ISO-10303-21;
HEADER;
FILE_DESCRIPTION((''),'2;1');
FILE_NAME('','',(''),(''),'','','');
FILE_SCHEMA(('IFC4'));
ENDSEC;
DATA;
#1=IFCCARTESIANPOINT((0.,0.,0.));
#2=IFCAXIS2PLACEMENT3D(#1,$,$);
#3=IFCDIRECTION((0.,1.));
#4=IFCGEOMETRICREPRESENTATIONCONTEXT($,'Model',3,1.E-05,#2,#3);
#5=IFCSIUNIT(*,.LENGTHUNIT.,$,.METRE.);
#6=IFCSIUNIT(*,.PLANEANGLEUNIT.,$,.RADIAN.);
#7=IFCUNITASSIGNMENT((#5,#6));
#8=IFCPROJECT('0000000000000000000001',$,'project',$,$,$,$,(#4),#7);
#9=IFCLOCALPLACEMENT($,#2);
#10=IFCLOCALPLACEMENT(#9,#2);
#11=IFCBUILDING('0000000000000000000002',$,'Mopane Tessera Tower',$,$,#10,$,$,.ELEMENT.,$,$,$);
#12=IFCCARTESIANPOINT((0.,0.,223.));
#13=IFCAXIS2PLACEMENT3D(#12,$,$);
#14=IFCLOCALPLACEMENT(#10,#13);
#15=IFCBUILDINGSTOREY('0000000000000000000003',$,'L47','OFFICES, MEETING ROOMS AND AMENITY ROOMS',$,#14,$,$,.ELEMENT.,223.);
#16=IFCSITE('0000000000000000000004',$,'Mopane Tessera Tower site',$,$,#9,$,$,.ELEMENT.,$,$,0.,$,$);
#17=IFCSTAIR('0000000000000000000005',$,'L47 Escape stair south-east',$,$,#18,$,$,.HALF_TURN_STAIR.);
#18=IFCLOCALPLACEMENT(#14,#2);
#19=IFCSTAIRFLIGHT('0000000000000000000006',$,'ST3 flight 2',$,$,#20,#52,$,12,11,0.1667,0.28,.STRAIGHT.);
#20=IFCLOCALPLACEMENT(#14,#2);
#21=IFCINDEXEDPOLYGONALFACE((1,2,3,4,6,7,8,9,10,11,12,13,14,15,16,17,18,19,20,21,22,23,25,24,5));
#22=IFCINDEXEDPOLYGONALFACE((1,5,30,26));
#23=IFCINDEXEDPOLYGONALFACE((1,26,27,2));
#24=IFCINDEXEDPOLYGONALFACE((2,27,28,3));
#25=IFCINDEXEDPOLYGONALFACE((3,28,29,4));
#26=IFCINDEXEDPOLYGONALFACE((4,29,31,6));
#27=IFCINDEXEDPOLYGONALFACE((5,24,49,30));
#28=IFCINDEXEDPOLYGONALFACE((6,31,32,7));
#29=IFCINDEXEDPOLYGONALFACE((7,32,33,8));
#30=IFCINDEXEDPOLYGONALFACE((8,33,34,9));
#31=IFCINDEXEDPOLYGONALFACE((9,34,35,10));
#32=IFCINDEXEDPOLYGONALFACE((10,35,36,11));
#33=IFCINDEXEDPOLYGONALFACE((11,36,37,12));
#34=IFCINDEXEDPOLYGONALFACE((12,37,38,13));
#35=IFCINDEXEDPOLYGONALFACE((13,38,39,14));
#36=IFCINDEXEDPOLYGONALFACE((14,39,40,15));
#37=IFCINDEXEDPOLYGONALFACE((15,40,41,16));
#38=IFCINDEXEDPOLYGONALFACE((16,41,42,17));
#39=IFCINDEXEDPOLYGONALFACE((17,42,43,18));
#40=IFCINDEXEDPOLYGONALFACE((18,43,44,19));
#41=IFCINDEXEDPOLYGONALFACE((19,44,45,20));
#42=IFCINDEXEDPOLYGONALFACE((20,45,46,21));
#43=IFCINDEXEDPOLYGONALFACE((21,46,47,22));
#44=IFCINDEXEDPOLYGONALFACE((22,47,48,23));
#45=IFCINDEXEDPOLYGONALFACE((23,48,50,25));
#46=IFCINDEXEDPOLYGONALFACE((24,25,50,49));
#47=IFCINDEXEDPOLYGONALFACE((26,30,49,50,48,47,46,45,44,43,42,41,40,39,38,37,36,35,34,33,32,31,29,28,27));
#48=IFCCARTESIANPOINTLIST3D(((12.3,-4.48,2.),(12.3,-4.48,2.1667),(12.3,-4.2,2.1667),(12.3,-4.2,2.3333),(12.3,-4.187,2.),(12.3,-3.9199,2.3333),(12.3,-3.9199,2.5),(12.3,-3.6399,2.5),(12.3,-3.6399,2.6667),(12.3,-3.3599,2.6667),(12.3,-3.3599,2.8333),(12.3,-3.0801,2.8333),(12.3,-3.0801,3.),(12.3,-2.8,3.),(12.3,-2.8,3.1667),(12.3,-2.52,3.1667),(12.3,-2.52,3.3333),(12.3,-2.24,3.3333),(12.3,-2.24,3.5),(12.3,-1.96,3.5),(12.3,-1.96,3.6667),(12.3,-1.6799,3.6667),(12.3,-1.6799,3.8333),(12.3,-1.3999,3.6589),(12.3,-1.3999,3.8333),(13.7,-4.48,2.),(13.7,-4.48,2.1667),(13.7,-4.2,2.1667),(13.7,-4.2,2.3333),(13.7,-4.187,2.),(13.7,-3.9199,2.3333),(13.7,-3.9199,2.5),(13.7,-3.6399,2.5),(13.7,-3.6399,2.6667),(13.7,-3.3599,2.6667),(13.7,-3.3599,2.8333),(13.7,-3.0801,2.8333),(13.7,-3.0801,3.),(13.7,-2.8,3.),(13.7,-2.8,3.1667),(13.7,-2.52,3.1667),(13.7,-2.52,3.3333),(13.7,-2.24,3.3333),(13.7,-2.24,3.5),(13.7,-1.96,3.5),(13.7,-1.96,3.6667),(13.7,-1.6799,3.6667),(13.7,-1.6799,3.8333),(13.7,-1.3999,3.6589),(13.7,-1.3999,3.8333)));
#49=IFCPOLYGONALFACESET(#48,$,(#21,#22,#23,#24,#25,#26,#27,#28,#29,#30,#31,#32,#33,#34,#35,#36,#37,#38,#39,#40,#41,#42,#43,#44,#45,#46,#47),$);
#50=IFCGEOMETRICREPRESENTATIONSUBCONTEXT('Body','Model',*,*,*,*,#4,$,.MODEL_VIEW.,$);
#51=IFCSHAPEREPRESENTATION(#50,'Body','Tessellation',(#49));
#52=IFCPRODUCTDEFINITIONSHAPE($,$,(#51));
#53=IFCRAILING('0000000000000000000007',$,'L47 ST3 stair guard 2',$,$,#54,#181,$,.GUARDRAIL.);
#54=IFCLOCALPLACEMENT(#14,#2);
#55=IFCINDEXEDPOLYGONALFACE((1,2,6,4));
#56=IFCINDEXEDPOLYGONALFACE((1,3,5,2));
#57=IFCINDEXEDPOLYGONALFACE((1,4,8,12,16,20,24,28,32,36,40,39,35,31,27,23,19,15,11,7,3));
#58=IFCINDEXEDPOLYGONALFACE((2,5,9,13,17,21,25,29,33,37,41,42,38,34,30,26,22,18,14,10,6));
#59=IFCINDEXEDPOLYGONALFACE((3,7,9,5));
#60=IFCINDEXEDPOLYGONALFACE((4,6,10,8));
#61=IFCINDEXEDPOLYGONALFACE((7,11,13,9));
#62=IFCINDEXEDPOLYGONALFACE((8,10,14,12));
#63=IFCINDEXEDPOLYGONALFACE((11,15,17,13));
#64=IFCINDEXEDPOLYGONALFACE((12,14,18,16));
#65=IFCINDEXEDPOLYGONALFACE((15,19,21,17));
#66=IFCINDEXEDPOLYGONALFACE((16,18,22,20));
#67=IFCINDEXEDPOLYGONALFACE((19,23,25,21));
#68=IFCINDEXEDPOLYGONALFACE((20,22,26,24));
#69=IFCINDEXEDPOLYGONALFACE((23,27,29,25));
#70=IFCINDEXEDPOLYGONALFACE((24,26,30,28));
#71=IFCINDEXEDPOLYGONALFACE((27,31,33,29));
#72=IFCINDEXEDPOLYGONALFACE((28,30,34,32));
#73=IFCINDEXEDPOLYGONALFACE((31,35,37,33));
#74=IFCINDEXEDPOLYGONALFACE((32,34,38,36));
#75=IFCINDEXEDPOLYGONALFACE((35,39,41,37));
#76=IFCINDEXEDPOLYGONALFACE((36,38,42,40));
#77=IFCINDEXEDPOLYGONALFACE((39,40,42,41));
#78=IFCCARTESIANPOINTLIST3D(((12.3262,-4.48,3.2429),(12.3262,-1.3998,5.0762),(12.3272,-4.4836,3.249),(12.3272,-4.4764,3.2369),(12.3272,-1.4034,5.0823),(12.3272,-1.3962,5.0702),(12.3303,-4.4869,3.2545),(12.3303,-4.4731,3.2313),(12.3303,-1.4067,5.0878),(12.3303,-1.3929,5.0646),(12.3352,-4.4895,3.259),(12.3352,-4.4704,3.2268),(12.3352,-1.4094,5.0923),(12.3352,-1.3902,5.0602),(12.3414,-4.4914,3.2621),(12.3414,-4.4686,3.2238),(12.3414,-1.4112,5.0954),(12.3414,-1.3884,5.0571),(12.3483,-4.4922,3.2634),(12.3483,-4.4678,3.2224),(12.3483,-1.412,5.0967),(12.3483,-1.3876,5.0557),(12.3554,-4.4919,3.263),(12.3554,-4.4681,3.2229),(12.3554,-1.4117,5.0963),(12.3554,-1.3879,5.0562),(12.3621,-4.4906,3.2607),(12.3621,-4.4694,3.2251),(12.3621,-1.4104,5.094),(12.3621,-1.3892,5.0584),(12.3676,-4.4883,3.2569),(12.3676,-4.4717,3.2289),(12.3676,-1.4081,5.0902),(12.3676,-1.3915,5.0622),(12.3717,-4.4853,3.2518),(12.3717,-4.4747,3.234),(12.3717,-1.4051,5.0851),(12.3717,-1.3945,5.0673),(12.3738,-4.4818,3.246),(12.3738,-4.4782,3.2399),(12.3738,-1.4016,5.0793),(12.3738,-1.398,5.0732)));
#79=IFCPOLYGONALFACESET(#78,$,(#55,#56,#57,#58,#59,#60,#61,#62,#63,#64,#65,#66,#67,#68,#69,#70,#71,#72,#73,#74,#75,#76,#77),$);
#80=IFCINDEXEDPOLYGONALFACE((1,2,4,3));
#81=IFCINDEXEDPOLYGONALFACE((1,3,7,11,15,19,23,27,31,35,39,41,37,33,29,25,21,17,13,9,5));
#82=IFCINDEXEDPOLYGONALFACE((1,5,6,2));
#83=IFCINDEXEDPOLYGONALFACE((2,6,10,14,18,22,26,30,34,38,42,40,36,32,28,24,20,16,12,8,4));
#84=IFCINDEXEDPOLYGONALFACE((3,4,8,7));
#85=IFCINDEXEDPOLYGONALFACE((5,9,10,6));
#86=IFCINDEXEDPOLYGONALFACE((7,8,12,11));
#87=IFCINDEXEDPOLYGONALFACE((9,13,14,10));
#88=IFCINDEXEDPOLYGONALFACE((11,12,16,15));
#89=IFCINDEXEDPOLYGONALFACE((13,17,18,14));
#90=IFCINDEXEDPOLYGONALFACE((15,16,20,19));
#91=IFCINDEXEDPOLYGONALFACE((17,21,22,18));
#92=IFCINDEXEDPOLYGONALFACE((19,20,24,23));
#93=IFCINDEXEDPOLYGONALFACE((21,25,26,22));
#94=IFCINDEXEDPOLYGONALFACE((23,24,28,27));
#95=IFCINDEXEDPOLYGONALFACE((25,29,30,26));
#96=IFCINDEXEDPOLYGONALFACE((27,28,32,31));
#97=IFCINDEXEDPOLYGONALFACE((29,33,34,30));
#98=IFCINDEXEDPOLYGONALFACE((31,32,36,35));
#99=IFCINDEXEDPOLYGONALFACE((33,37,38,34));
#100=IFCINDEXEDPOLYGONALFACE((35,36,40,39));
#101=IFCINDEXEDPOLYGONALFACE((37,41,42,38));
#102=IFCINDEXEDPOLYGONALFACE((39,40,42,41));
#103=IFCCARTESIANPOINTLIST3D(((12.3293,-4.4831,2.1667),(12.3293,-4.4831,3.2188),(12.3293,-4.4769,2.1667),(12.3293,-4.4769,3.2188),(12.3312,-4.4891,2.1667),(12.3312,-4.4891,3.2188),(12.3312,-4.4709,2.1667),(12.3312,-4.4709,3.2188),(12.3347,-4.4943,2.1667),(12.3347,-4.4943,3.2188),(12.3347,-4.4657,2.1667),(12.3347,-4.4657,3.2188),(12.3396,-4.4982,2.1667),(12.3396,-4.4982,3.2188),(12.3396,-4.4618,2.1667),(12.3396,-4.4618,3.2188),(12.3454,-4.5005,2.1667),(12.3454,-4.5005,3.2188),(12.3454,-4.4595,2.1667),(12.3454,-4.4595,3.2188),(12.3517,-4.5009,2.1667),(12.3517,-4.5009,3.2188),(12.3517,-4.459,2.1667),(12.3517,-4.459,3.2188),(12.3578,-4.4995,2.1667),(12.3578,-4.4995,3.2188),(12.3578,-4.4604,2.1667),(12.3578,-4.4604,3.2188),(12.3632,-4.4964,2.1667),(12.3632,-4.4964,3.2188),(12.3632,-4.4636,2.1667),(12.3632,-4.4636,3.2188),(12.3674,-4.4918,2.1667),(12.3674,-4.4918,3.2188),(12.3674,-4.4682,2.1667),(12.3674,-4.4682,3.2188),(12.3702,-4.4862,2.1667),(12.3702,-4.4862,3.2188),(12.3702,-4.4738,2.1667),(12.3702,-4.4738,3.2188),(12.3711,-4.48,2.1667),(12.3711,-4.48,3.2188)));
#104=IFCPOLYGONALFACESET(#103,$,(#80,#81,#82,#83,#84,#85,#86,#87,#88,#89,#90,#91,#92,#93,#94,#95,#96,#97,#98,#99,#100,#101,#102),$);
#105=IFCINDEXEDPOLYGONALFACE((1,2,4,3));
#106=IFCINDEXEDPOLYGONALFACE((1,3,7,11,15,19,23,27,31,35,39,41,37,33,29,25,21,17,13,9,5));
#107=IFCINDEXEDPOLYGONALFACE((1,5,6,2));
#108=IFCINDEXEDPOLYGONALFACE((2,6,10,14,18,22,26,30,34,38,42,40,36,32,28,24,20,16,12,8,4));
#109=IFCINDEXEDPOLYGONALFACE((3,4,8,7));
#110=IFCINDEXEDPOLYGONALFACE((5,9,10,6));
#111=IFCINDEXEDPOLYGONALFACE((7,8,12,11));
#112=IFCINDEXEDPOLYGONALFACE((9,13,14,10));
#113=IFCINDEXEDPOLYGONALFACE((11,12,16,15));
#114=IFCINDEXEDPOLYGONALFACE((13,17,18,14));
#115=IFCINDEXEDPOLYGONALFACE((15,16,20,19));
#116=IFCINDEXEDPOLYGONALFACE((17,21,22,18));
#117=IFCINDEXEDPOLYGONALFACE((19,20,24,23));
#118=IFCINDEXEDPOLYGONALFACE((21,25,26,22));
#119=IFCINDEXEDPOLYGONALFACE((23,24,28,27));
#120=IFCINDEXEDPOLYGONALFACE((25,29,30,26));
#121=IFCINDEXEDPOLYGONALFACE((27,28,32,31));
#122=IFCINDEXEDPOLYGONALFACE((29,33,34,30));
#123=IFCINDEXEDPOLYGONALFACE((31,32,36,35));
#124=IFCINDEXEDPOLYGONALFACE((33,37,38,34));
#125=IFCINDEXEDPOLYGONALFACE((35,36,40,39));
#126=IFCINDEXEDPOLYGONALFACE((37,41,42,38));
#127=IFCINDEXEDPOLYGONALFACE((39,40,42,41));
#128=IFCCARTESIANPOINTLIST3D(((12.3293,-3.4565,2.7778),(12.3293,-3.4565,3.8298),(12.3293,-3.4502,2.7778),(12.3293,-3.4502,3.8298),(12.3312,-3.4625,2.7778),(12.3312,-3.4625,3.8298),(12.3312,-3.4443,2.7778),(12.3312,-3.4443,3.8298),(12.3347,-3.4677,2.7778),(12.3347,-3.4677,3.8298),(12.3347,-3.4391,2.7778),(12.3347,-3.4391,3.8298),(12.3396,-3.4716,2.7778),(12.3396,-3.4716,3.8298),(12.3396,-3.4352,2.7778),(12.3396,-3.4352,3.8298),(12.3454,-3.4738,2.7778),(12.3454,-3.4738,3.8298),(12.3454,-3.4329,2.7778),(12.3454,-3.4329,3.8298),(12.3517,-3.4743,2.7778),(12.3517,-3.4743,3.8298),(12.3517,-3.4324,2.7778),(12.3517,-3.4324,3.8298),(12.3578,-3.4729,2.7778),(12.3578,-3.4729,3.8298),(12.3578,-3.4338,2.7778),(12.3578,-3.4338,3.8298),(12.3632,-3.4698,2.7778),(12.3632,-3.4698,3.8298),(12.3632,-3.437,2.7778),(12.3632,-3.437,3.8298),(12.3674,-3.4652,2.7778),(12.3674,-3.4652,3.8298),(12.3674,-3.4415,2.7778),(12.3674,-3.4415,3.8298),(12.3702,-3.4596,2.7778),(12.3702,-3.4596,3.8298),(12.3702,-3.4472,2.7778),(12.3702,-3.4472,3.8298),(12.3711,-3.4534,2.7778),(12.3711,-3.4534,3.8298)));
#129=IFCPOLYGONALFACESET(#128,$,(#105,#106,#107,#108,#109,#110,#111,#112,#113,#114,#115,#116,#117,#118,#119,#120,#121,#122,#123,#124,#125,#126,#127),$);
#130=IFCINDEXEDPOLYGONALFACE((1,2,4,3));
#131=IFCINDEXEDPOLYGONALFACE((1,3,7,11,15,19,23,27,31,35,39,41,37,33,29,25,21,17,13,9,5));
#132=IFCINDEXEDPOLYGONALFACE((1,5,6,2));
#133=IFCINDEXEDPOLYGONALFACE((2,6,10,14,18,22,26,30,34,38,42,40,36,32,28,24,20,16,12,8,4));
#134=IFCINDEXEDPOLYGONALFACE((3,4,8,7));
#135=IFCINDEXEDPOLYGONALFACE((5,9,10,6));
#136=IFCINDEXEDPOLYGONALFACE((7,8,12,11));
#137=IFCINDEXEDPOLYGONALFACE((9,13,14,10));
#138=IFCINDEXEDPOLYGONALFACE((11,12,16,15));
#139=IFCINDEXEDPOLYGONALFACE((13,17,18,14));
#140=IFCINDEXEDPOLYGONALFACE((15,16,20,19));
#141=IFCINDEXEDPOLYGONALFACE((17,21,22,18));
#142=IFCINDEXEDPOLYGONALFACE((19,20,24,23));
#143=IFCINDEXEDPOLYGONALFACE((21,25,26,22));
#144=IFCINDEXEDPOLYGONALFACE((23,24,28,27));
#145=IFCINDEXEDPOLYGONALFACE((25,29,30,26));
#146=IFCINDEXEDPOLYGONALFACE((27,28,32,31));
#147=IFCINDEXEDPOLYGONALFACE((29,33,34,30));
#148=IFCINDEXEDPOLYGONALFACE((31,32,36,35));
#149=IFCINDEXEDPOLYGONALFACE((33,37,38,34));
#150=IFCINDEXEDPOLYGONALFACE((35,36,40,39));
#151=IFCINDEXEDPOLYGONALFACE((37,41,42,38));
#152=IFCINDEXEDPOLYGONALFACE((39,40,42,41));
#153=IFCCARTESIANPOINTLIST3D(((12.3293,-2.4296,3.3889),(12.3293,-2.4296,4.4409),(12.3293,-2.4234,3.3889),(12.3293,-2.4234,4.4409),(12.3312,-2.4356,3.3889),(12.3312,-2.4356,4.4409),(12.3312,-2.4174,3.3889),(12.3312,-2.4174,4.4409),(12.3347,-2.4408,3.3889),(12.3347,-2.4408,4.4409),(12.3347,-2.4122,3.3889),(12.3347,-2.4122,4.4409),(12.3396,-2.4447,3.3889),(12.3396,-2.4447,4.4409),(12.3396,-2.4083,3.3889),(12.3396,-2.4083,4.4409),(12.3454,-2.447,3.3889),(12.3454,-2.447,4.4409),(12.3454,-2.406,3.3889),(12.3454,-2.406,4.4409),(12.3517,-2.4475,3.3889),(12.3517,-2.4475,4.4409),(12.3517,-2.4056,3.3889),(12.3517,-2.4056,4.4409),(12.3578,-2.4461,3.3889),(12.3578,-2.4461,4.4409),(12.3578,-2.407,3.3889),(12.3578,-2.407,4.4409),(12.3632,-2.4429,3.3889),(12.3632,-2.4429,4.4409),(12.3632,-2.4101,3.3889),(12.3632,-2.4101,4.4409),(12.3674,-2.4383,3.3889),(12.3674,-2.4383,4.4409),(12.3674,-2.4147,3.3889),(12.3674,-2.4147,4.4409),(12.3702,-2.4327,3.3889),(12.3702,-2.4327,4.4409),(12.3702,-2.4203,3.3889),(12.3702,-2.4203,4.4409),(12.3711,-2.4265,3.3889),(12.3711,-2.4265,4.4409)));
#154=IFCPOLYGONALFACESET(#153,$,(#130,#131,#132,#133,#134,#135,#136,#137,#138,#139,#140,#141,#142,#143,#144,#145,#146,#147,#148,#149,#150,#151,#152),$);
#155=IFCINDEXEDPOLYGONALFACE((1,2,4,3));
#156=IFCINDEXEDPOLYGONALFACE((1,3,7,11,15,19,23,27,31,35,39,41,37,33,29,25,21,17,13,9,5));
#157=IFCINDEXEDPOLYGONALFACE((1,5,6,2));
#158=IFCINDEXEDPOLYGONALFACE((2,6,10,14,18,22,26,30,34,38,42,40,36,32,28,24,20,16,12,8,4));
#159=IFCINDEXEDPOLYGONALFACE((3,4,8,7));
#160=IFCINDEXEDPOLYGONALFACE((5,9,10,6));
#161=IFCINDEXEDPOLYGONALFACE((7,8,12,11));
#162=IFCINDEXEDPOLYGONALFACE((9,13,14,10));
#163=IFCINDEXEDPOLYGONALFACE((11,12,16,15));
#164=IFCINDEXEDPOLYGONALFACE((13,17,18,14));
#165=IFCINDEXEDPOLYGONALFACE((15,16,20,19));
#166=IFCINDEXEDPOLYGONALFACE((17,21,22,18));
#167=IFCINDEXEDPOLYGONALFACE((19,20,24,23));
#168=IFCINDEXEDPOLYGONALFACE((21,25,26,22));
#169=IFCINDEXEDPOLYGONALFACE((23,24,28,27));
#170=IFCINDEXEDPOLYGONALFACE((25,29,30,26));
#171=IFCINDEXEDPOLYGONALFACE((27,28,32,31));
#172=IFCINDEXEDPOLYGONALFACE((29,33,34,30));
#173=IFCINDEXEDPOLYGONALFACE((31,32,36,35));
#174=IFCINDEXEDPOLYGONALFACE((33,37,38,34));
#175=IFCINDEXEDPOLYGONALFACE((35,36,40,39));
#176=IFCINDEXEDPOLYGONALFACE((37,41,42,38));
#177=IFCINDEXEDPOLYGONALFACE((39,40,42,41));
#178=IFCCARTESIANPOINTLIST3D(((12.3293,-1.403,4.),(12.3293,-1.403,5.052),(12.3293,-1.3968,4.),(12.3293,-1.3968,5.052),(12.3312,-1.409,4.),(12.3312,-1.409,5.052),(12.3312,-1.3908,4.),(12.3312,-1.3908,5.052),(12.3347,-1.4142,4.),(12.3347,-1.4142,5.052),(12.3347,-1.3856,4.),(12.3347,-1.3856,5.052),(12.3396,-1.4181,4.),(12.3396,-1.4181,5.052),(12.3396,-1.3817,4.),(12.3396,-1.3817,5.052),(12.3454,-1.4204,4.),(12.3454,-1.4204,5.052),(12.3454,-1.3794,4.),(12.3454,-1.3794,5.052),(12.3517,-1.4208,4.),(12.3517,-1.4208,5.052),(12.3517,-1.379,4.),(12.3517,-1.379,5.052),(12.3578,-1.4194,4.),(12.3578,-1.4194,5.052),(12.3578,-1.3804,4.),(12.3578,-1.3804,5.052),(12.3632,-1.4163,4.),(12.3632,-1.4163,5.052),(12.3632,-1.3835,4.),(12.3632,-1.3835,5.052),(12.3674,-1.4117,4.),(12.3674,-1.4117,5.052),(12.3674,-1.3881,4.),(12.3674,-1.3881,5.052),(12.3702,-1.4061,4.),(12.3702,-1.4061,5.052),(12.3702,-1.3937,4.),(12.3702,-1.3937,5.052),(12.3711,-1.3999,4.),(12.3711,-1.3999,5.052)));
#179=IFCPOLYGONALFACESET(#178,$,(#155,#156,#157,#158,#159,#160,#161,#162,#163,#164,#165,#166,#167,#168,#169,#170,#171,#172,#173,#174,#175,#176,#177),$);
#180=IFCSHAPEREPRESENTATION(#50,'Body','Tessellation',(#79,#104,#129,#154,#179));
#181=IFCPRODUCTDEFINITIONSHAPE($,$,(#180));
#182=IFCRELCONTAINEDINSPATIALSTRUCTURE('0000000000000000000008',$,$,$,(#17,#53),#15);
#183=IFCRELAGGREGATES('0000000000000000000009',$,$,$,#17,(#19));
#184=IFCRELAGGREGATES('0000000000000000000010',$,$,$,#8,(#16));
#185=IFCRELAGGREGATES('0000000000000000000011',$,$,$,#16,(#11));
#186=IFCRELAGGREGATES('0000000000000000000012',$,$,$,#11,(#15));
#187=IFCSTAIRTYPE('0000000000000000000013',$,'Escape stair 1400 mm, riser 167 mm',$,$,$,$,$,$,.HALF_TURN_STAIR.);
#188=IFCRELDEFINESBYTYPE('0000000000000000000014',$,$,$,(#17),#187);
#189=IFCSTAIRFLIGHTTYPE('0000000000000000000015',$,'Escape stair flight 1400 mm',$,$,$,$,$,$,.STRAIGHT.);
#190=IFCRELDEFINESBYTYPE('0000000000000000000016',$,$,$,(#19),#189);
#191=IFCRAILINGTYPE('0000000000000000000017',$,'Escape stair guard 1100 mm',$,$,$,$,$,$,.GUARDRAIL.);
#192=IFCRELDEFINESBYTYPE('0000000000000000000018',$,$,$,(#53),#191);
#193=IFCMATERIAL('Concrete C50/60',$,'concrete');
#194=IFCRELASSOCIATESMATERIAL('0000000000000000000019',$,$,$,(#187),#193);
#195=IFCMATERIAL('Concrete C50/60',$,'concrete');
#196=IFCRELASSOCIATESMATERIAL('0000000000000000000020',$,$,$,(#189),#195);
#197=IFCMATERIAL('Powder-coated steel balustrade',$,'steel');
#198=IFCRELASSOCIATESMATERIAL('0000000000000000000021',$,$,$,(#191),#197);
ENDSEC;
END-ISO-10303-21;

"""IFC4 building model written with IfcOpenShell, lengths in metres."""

from ifc_helpers import new_model, si_unit, direction, frame, origin, origin_2d, place, context, subcontext, project, spatial, polyline, circle, outline, extrude, material, type_object, element, aggregate, save


model = new_model("IFC4")

# Units and contexts
model_context = context("Model", 3, precision=1e-05, world=origin(), true_north=direction((0.0, 1.0)))
body_context = subcontext(model_context, "Body", "Model", "MODEL_VIEW")
ifc_project = project(units=[si_unit("LENGTHUNIT", "METRE"), si_unit("PLANEANGLEUNIT", "RADIAN")], contexts=[model_context])

# Site, building, storey
site_placement = place(None, origin())
site = spatial("IfcSite", under=ifc_project, at=site_placement, Name="Mopane Tessera Tower site", CompositionType="ELEMENT", RefElevation=0.0)
building_placement = place(site_placement, origin())
building = spatial("IfcBuilding", under=site, at=building_placement, Name="Mopane Tessera Tower", CompositionType="ELEMENT")
storey_placement = place(building_placement, frame((0.0, 0.0, 223.0)))
storey = spatial("IfcBuildingStorey", under=building, at=storey_placement, Name="L47", Description="OFFICES, MEETING ROOMS AND AMENITY ROOMS", CompositionType="ELEMENT", Elevation=223.0)

# Stair, stair flight
ifc_material_1 = material(Name="Concrete C50/60", Category="concrete")
stair_type = type_object("IfcStairType", Name="Escape stair 1400 mm, riser 167 mm", PredefinedType="HALF_TURN_STAIR", material=ifc_material_1)
stair_placement = place(storey_placement, origin())
stair = element("IfcStair", 1, at=stair_placement, inside=storey, type_object=stair_type, Name="L47 Escape stair south-east", PredefinedType="HALF_TURN_STAIR")
ifc_material_2 = material(Name="Concrete C50/60", Category="concrete")
stair_flight_type = type_object("IfcStairFlightType", Name="Escape stair flight 1400 mm", PredefinedType="STRAIGHT", material=ifc_material_2)
stair_flight_1_placement = place(storey_placement, frame((13.0, -4.48, 2.0), z_axis=(0.0, 0.0, 1.0), x_axis=(0.0, 1.0, 0.0)))
stair_flight_1 = element("IfcStairFlight", 2, at=stair_flight_1_placement, type_object=stair_flight_type, Name="ST3 flight 2", NumberOfRisers=12, NumberOfTreads=11, PredefinedType="STRAIGHT", RiserHeight=0.1667, TreadLength=0.28, context=body_context, shape_type="SweptSolid", body=[
    extrude(outline(polyline([(0.0, 0.0), (0.0, 0.1667), (0.28, 0.1667), (0.28, 0.3333), (0.5601, 0.3333), (0.5601, 0.5), (0.8401, 0.5), (0.8401, 0.6667), (1.1201, 0.6667), (1.1201, 0.8333), (1.3999, 0.8333), (1.3999, 1.0), (1.6799, 1.0), (1.6799, 1.1667), (1.96, 1.1667), (1.96, 1.3333), (2.24, 1.3333), (2.24, 1.5), (2.52, 1.5), (2.52, 1.6667), (2.8, 1.6667), (2.8, 1.8333), (3.0801, 1.8333), (3.0801, 2.0), (3.0801, 1.6589), (0.293, 0.0), (0.0, 0.0)])), frame((0.0, 0.7, 0.0), z_axis=(0.0, -1.0, 0.0), x_axis=(1.0, 0.0, 0.0)), (0.0, 0.0, 1.0), 1.3999),
])
aggregate(stair, [stair_flight_1])

# Railing
ifc_material_3 = material(Name="Powder-coated steel balustrade", Category="steel")
railing_type_1 = type_object("IfcRailingType", Name="Escape stair guard 1100 mm", PredefinedType="GUARDRAIL", material=ifc_material_3)
railing_1_placement = place(storey_placement, frame((12.3501, -4.48, 2.1667)))
element("IfcRailing", 3, at=railing_1_placement, inside=storey, type_object=railing_type_1, Name="L47 ST3 stair guard 2", PredefinedType="GUARDRAIL", context=body_context, shape_type="SweptSolid", body=[
    extrude(circle(Radius=0.0239, at=origin_2d()), frame((0.0, 0.0, 1.0762), z_axis=(0.0, 0.859309, 0.511458), x_axis=(-1.0, 0.0, 0.0)), (0.0, 0.0, 1.0), 3.5845),
    extrude(circle(Radius=0.021, at=origin_2d()), origin(), (0.0, 0.0, 1.0), 1.052),
    extrude(circle(Radius=0.021, at=origin_2d()), frame((0.0, 1.0266, 0.6111)), (0.0, 0.0, 1.0), 1.052),
    extrude(circle(Radius=0.021, at=origin_2d()), frame((0.0, 2.0535, 1.2222)), (0.0, 0.0, 1.0), 1.052),
    extrude(circle(Radius=0.021, at=origin_2d()), frame((0.0, 3.0801, 1.8333)), (0.0, 0.0, 1.0), 1.052),
])

save(model, "model.ifc")
